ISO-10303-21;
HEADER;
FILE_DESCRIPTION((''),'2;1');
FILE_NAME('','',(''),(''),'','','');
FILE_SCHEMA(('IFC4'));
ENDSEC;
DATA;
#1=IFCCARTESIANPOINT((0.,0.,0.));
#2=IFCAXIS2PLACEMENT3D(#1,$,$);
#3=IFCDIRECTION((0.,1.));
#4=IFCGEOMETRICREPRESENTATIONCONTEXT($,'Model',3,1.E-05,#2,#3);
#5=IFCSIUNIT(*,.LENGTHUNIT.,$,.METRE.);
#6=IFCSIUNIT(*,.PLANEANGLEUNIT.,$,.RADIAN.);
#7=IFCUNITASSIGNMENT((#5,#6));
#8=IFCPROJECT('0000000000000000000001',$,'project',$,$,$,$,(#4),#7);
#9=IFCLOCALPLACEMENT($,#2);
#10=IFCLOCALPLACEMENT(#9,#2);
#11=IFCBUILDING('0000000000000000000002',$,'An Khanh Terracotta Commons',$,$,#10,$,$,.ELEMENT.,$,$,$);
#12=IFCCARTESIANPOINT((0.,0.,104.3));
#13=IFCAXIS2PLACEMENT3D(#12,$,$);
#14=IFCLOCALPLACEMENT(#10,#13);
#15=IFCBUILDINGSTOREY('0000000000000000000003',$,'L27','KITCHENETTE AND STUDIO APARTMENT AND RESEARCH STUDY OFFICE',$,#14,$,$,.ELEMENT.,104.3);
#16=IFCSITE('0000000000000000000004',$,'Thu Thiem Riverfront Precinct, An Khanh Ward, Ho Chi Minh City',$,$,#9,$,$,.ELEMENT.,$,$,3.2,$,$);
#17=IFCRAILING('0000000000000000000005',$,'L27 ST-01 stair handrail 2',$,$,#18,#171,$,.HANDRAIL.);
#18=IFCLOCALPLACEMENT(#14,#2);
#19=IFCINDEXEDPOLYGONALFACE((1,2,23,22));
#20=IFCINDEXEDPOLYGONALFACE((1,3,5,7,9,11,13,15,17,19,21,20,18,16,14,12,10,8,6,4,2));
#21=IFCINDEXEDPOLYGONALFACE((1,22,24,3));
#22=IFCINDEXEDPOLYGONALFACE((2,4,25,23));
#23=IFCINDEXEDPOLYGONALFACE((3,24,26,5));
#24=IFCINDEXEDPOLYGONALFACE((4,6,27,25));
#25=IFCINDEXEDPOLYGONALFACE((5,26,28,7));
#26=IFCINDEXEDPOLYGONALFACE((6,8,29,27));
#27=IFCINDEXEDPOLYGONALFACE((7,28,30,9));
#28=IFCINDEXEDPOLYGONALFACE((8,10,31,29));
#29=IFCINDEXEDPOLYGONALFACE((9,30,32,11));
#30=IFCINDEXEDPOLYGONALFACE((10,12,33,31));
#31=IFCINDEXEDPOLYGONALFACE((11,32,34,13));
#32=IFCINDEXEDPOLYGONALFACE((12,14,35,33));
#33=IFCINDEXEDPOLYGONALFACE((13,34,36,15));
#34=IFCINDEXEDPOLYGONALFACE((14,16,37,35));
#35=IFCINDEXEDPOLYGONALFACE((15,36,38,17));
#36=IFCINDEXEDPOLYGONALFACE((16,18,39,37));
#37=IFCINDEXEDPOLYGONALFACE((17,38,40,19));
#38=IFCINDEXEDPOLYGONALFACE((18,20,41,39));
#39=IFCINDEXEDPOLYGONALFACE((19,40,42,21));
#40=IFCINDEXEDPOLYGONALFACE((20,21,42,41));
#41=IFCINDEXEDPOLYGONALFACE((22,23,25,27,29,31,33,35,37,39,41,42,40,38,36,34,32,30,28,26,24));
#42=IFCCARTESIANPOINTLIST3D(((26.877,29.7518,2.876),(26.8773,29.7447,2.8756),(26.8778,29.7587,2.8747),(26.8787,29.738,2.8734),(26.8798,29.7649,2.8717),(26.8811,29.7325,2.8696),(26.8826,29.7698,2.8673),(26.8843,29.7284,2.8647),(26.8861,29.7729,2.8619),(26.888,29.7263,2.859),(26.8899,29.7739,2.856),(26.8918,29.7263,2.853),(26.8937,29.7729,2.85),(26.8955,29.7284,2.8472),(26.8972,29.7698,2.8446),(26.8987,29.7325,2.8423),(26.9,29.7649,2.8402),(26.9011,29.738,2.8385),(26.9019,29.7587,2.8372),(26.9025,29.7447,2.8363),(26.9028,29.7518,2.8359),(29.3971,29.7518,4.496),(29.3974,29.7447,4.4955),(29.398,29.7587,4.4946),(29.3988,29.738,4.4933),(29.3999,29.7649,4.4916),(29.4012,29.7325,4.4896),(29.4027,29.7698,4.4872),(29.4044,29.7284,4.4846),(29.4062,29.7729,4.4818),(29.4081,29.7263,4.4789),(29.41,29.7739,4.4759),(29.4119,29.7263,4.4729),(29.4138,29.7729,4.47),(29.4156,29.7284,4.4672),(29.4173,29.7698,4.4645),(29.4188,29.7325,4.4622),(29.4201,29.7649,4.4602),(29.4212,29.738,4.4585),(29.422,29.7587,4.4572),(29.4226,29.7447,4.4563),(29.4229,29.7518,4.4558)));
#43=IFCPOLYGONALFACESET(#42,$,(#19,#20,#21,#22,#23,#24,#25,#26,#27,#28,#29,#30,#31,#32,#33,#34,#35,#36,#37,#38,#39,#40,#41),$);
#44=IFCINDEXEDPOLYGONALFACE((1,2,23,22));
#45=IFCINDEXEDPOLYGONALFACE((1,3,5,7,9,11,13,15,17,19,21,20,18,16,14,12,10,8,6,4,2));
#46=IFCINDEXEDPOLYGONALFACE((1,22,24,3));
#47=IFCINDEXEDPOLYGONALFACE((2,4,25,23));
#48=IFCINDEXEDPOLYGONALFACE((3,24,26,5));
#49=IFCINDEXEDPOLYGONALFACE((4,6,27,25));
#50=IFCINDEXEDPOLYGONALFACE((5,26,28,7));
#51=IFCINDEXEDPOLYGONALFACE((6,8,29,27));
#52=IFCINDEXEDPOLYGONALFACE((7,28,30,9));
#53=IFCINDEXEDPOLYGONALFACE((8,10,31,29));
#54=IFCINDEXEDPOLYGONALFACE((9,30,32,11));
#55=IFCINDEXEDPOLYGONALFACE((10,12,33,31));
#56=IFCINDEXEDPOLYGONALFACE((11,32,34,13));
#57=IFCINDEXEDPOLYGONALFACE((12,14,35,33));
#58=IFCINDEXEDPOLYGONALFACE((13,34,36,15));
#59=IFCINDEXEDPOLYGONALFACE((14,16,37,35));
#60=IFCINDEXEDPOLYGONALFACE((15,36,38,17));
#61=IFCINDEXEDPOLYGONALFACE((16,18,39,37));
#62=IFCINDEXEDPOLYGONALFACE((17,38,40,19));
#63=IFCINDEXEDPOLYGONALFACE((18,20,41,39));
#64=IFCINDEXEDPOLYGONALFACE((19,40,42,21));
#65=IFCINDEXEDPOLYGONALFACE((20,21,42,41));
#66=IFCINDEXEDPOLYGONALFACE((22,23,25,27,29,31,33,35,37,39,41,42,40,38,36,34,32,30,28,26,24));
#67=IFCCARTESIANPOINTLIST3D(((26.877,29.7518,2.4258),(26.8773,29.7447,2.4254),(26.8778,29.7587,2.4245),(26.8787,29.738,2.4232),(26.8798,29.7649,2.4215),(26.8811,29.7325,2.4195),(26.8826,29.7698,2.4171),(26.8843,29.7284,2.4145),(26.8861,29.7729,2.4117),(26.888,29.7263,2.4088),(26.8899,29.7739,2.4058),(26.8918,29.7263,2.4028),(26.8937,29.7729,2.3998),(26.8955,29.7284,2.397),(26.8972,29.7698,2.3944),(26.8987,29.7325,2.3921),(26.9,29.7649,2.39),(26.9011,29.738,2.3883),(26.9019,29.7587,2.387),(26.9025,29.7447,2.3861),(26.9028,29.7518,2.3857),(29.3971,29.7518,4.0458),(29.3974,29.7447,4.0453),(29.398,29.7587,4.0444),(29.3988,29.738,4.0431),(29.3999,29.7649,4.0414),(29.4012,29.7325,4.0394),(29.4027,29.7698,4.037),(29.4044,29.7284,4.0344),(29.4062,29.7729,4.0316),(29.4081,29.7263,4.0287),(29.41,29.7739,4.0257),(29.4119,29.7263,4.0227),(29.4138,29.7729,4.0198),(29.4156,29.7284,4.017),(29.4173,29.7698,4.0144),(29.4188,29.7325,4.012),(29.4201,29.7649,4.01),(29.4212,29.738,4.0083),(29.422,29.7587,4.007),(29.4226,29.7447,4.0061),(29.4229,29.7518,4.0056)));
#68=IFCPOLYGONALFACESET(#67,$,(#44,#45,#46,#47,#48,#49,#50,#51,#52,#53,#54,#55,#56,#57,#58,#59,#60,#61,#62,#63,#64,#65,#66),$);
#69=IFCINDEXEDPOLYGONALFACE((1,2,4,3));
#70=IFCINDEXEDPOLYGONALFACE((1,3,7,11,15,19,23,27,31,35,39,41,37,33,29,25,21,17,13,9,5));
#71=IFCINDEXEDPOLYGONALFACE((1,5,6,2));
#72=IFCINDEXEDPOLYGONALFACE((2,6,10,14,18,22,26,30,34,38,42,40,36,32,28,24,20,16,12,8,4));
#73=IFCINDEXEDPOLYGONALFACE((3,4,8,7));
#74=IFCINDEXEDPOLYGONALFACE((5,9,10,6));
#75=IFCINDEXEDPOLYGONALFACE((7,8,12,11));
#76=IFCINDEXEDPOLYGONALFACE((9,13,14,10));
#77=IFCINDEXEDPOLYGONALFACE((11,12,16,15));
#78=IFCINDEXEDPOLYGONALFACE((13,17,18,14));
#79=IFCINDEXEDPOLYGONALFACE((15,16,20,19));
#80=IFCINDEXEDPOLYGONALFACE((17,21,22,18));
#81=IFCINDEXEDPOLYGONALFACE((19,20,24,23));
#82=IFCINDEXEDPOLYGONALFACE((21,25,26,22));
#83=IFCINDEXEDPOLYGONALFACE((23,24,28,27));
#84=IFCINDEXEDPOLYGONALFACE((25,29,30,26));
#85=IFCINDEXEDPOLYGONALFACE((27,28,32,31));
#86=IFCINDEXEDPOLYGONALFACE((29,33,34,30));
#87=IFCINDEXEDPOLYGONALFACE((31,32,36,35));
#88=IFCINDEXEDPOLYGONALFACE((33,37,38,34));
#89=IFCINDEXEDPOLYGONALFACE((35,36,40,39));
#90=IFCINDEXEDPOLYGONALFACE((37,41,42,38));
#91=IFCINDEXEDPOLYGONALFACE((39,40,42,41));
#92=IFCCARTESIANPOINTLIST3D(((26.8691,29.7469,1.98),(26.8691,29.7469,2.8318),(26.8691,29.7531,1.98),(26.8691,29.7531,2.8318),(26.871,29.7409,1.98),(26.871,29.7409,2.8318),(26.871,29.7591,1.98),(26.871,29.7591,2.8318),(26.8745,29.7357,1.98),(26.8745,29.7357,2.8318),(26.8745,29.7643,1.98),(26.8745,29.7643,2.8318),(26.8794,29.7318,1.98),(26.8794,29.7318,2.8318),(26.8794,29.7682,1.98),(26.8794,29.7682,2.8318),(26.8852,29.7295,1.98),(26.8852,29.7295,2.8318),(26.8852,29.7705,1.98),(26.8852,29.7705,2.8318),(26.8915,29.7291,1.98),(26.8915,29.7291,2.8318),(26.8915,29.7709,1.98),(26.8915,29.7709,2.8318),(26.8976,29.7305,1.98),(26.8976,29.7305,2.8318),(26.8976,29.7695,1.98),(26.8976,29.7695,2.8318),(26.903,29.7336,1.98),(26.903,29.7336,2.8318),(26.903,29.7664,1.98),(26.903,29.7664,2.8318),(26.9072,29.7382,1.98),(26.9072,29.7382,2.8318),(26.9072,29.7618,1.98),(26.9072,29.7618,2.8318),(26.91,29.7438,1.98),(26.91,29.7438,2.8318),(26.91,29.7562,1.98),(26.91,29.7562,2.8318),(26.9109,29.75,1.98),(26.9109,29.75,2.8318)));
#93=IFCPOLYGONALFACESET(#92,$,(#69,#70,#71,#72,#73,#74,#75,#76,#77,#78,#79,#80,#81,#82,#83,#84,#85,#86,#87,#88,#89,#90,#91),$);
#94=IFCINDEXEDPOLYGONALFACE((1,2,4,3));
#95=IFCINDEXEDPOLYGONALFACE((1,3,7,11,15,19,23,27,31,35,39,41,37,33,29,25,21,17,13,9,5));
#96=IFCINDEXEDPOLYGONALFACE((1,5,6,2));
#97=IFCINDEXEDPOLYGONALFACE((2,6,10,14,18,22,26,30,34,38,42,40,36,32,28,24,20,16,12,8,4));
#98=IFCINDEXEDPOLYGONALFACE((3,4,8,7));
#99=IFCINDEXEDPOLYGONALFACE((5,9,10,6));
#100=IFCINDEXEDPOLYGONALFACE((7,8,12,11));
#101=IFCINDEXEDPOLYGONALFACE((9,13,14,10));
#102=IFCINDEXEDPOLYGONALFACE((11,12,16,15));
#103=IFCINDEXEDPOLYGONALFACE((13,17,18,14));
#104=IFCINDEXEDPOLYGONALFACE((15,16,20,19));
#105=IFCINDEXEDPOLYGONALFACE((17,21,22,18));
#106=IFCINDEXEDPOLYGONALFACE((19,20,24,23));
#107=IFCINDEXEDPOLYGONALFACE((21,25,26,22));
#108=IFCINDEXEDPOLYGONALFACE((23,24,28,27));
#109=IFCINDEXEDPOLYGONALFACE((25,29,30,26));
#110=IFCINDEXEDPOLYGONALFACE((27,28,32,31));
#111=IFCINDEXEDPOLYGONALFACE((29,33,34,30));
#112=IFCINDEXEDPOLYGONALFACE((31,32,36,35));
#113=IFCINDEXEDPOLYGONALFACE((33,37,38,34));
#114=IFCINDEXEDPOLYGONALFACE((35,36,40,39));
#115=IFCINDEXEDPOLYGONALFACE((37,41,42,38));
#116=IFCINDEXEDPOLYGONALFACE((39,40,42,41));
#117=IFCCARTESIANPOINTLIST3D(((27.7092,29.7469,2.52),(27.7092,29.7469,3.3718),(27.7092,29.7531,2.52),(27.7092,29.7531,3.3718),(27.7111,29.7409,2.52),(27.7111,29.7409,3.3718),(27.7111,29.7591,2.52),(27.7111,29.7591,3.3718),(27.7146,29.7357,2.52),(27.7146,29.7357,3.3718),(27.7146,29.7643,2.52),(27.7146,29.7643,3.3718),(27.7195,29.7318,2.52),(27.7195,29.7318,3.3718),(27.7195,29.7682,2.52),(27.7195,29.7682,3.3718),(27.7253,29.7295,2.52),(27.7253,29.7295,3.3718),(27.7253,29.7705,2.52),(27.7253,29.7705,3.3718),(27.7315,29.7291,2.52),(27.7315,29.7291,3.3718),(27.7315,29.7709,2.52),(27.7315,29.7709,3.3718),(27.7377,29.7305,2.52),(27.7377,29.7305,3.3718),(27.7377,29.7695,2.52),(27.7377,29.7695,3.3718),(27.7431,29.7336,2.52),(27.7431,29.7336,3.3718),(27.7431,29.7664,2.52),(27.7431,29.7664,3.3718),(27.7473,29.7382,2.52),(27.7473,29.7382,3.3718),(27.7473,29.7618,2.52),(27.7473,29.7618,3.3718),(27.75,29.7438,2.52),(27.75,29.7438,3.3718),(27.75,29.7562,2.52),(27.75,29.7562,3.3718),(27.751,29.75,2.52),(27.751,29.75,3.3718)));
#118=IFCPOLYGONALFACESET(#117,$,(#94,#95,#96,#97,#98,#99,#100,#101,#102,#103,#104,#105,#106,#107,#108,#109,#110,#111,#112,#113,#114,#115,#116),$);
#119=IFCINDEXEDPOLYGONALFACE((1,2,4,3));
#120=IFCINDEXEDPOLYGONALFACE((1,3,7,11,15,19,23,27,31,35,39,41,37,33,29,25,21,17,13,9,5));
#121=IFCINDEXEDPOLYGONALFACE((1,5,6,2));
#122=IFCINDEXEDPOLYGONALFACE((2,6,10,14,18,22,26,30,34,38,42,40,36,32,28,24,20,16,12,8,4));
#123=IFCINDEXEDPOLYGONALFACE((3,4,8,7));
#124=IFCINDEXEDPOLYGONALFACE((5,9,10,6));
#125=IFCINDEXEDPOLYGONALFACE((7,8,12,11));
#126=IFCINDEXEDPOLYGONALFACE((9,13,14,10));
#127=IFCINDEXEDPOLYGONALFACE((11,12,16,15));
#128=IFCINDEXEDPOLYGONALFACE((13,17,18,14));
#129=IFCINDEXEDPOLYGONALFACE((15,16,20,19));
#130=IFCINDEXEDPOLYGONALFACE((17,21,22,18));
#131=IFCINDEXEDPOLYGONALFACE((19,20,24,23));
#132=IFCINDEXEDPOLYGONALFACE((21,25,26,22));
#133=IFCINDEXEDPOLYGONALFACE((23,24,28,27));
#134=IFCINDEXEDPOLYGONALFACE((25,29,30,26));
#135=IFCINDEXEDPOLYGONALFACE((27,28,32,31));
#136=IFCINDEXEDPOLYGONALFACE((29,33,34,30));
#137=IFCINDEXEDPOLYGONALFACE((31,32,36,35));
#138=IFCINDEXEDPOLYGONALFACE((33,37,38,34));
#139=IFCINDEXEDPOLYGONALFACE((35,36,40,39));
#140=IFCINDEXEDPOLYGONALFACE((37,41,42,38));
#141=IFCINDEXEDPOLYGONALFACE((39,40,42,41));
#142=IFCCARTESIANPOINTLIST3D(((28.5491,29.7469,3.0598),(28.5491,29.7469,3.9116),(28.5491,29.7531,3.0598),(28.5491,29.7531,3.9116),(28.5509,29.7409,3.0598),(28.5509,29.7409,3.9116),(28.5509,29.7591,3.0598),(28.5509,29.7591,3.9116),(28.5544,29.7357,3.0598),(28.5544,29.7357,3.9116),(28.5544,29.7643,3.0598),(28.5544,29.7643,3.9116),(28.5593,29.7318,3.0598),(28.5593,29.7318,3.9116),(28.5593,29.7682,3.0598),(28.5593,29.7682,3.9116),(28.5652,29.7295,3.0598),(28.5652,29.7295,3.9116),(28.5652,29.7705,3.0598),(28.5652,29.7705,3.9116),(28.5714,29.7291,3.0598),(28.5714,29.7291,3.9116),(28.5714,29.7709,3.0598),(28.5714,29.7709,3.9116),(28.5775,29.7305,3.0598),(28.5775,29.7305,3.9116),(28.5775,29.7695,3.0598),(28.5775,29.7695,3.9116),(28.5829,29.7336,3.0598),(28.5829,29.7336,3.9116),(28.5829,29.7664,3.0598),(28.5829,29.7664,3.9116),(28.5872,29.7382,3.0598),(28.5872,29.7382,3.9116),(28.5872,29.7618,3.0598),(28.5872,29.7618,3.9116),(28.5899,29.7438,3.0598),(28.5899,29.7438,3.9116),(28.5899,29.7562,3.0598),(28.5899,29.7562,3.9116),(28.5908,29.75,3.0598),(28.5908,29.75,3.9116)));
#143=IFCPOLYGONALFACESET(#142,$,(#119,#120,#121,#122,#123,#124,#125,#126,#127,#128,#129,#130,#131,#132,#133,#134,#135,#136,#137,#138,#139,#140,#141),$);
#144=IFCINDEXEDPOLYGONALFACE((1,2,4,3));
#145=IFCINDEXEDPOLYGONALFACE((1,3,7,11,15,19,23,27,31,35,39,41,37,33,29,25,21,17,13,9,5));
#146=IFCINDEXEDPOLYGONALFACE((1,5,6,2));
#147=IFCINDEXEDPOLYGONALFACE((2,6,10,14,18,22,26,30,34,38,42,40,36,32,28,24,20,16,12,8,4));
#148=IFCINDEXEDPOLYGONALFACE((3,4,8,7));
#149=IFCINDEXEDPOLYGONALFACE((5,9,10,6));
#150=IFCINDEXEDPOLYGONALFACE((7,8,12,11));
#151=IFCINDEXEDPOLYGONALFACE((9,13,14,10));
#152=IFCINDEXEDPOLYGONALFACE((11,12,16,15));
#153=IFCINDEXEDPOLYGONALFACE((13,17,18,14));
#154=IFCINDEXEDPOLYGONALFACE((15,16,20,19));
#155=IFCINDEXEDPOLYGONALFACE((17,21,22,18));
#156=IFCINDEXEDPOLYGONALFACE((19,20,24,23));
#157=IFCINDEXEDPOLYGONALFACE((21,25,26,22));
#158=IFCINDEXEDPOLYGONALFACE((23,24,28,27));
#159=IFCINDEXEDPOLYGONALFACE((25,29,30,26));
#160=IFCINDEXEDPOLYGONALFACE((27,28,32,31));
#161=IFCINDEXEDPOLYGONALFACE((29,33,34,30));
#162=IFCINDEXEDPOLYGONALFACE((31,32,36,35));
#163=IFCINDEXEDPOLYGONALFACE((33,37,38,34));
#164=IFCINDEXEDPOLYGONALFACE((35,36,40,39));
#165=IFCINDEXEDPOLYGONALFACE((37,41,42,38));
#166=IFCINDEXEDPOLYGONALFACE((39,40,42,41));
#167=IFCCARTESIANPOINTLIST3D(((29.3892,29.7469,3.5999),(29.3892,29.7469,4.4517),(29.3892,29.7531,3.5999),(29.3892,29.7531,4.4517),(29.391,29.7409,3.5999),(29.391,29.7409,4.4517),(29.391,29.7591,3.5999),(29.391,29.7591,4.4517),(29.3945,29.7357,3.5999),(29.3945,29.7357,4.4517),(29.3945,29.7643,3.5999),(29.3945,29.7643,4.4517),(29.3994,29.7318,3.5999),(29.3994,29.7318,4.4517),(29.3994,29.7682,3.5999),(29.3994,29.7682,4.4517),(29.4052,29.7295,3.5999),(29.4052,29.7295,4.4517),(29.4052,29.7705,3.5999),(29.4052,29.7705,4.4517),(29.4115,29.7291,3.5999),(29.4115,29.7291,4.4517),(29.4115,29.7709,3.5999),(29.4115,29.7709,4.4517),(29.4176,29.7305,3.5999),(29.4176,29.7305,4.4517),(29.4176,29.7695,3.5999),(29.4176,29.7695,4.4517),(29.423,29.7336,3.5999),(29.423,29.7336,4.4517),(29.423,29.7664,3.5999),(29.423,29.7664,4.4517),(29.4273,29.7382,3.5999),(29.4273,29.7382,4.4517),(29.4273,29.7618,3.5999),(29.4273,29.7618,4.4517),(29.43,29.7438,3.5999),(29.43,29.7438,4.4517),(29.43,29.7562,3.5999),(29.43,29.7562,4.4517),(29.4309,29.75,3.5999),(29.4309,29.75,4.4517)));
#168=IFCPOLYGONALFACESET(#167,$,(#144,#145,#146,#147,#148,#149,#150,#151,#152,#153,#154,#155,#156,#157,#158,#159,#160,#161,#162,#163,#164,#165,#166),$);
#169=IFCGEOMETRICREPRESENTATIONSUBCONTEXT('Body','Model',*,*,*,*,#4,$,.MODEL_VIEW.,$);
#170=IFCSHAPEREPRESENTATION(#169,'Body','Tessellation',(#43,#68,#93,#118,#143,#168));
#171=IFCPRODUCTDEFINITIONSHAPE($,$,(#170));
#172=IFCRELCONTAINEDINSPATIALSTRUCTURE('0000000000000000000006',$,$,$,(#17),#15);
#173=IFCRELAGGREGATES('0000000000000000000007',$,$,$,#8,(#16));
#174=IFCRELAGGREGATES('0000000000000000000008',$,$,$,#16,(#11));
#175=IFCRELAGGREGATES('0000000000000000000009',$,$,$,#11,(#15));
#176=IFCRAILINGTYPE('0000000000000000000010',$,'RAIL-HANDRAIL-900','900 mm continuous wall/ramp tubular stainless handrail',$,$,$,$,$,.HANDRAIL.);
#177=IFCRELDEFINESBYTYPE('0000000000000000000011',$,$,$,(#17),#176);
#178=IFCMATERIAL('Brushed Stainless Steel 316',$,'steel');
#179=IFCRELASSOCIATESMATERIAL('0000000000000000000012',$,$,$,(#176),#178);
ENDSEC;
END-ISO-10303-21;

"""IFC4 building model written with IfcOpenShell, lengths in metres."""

from ifc_helpers import new_model, si_unit, direction, frame, origin, origin_2d, place, context, subcontext, project, spatial, circle, extrude, material, type_object, element, save


model = new_model("IFC4")

# Units and contexts
model_context = context("Model", 3, precision=1e-05, world=origin(), true_north=direction((0.0, 1.0)))
body_context = subcontext(model_context, "Body", "Model", "MODEL_VIEW")
ifc_project = project(units=[si_unit("LENGTHUNIT", "METRE"), si_unit("PLANEANGLEUNIT", "RADIAN")], contexts=[model_context])

# Site, building, storey
site_placement = place(None, origin())
site = spatial("IfcSite", under=ifc_project, at=site_placement, Name="Thu Thiem Riverfront Precinct, An Khanh Ward, Ho Chi Minh City", CompositionType="ELEMENT", RefElevation=3.2)
building_placement = place(site_placement, origin())
building = spatial("IfcBuilding", under=site, at=building_placement, Name="An Khanh Terracotta Commons", CompositionType="ELEMENT")
storey_placement = place(building_placement, frame((0.0, 0.0, 104.3)))
storey = spatial("IfcBuildingStorey", under=building, at=storey_placement, Name="L27", Description="KITCHENETTE AND STUDIO APARTMENT AND RESEARCH STUDY OFFICE", CompositionType="ELEMENT", Elevation=104.3)

# Railing
ifc_material_1 = material(Name="Brushed Stainless Steel 316", Category="steel")
railing_type_1 = type_object("IfcRailingType", Name="RAIL-HANDRAIL-900", Description="900 mm continuous wall/ramp tubular stainless handrail", PredefinedType="HANDRAIL", material=ifc_material_1)
railing_1_placement = place(storey_placement, frame((26.8899, 29.75, 1.98)))
element("IfcRailing", 1, at=railing_1_placement, inside=storey, type_object=railing_type_1, Name="L27 ST-01 stair handrail 2", PredefinedType="HANDRAIL", context=body_context, shape_type="SweptSolid", body=[
    extrude(circle(Radius=0.0239, at=origin_2d()), frame((0.0, 0.0, 0.876), z_axis=(0.8412, 0.0, 0.540725), x_axis=(0.0, 1.0, 0.0)), (0.0, 0.0, 1.0), 2.9958),
    extrude(circle(Radius=0.0239, at=origin_2d()), frame((0.0, 0.0, 0.4258), z_axis=(0.8412, 0.0, 0.540725), x_axis=(0.0, 1.0, 0.0)), (0.0, 0.0, 1.0), 2.9958),
    extrude(circle(Radius=0.021, at=origin_2d()), origin(), (0.0, 0.0, 1.0), 0.8518),
    extrude(circle(Radius=0.021, at=origin_2d()), frame((0.8401, 0.0, 0.54)), (0.0, 0.0, 1.0), 0.8518),
    extrude(circle(Radius=0.021, at=origin_2d()), frame((1.6799, 0.0, 1.0798)), (0.0, 0.0, 1.0), 0.8518),
    extrude(circle(Radius=0.021, at=origin_2d()), frame((2.52, 0.0, 1.6199)), (0.0, 0.0, 1.0), 0.8518),
])

save(model, "model.ifc")
